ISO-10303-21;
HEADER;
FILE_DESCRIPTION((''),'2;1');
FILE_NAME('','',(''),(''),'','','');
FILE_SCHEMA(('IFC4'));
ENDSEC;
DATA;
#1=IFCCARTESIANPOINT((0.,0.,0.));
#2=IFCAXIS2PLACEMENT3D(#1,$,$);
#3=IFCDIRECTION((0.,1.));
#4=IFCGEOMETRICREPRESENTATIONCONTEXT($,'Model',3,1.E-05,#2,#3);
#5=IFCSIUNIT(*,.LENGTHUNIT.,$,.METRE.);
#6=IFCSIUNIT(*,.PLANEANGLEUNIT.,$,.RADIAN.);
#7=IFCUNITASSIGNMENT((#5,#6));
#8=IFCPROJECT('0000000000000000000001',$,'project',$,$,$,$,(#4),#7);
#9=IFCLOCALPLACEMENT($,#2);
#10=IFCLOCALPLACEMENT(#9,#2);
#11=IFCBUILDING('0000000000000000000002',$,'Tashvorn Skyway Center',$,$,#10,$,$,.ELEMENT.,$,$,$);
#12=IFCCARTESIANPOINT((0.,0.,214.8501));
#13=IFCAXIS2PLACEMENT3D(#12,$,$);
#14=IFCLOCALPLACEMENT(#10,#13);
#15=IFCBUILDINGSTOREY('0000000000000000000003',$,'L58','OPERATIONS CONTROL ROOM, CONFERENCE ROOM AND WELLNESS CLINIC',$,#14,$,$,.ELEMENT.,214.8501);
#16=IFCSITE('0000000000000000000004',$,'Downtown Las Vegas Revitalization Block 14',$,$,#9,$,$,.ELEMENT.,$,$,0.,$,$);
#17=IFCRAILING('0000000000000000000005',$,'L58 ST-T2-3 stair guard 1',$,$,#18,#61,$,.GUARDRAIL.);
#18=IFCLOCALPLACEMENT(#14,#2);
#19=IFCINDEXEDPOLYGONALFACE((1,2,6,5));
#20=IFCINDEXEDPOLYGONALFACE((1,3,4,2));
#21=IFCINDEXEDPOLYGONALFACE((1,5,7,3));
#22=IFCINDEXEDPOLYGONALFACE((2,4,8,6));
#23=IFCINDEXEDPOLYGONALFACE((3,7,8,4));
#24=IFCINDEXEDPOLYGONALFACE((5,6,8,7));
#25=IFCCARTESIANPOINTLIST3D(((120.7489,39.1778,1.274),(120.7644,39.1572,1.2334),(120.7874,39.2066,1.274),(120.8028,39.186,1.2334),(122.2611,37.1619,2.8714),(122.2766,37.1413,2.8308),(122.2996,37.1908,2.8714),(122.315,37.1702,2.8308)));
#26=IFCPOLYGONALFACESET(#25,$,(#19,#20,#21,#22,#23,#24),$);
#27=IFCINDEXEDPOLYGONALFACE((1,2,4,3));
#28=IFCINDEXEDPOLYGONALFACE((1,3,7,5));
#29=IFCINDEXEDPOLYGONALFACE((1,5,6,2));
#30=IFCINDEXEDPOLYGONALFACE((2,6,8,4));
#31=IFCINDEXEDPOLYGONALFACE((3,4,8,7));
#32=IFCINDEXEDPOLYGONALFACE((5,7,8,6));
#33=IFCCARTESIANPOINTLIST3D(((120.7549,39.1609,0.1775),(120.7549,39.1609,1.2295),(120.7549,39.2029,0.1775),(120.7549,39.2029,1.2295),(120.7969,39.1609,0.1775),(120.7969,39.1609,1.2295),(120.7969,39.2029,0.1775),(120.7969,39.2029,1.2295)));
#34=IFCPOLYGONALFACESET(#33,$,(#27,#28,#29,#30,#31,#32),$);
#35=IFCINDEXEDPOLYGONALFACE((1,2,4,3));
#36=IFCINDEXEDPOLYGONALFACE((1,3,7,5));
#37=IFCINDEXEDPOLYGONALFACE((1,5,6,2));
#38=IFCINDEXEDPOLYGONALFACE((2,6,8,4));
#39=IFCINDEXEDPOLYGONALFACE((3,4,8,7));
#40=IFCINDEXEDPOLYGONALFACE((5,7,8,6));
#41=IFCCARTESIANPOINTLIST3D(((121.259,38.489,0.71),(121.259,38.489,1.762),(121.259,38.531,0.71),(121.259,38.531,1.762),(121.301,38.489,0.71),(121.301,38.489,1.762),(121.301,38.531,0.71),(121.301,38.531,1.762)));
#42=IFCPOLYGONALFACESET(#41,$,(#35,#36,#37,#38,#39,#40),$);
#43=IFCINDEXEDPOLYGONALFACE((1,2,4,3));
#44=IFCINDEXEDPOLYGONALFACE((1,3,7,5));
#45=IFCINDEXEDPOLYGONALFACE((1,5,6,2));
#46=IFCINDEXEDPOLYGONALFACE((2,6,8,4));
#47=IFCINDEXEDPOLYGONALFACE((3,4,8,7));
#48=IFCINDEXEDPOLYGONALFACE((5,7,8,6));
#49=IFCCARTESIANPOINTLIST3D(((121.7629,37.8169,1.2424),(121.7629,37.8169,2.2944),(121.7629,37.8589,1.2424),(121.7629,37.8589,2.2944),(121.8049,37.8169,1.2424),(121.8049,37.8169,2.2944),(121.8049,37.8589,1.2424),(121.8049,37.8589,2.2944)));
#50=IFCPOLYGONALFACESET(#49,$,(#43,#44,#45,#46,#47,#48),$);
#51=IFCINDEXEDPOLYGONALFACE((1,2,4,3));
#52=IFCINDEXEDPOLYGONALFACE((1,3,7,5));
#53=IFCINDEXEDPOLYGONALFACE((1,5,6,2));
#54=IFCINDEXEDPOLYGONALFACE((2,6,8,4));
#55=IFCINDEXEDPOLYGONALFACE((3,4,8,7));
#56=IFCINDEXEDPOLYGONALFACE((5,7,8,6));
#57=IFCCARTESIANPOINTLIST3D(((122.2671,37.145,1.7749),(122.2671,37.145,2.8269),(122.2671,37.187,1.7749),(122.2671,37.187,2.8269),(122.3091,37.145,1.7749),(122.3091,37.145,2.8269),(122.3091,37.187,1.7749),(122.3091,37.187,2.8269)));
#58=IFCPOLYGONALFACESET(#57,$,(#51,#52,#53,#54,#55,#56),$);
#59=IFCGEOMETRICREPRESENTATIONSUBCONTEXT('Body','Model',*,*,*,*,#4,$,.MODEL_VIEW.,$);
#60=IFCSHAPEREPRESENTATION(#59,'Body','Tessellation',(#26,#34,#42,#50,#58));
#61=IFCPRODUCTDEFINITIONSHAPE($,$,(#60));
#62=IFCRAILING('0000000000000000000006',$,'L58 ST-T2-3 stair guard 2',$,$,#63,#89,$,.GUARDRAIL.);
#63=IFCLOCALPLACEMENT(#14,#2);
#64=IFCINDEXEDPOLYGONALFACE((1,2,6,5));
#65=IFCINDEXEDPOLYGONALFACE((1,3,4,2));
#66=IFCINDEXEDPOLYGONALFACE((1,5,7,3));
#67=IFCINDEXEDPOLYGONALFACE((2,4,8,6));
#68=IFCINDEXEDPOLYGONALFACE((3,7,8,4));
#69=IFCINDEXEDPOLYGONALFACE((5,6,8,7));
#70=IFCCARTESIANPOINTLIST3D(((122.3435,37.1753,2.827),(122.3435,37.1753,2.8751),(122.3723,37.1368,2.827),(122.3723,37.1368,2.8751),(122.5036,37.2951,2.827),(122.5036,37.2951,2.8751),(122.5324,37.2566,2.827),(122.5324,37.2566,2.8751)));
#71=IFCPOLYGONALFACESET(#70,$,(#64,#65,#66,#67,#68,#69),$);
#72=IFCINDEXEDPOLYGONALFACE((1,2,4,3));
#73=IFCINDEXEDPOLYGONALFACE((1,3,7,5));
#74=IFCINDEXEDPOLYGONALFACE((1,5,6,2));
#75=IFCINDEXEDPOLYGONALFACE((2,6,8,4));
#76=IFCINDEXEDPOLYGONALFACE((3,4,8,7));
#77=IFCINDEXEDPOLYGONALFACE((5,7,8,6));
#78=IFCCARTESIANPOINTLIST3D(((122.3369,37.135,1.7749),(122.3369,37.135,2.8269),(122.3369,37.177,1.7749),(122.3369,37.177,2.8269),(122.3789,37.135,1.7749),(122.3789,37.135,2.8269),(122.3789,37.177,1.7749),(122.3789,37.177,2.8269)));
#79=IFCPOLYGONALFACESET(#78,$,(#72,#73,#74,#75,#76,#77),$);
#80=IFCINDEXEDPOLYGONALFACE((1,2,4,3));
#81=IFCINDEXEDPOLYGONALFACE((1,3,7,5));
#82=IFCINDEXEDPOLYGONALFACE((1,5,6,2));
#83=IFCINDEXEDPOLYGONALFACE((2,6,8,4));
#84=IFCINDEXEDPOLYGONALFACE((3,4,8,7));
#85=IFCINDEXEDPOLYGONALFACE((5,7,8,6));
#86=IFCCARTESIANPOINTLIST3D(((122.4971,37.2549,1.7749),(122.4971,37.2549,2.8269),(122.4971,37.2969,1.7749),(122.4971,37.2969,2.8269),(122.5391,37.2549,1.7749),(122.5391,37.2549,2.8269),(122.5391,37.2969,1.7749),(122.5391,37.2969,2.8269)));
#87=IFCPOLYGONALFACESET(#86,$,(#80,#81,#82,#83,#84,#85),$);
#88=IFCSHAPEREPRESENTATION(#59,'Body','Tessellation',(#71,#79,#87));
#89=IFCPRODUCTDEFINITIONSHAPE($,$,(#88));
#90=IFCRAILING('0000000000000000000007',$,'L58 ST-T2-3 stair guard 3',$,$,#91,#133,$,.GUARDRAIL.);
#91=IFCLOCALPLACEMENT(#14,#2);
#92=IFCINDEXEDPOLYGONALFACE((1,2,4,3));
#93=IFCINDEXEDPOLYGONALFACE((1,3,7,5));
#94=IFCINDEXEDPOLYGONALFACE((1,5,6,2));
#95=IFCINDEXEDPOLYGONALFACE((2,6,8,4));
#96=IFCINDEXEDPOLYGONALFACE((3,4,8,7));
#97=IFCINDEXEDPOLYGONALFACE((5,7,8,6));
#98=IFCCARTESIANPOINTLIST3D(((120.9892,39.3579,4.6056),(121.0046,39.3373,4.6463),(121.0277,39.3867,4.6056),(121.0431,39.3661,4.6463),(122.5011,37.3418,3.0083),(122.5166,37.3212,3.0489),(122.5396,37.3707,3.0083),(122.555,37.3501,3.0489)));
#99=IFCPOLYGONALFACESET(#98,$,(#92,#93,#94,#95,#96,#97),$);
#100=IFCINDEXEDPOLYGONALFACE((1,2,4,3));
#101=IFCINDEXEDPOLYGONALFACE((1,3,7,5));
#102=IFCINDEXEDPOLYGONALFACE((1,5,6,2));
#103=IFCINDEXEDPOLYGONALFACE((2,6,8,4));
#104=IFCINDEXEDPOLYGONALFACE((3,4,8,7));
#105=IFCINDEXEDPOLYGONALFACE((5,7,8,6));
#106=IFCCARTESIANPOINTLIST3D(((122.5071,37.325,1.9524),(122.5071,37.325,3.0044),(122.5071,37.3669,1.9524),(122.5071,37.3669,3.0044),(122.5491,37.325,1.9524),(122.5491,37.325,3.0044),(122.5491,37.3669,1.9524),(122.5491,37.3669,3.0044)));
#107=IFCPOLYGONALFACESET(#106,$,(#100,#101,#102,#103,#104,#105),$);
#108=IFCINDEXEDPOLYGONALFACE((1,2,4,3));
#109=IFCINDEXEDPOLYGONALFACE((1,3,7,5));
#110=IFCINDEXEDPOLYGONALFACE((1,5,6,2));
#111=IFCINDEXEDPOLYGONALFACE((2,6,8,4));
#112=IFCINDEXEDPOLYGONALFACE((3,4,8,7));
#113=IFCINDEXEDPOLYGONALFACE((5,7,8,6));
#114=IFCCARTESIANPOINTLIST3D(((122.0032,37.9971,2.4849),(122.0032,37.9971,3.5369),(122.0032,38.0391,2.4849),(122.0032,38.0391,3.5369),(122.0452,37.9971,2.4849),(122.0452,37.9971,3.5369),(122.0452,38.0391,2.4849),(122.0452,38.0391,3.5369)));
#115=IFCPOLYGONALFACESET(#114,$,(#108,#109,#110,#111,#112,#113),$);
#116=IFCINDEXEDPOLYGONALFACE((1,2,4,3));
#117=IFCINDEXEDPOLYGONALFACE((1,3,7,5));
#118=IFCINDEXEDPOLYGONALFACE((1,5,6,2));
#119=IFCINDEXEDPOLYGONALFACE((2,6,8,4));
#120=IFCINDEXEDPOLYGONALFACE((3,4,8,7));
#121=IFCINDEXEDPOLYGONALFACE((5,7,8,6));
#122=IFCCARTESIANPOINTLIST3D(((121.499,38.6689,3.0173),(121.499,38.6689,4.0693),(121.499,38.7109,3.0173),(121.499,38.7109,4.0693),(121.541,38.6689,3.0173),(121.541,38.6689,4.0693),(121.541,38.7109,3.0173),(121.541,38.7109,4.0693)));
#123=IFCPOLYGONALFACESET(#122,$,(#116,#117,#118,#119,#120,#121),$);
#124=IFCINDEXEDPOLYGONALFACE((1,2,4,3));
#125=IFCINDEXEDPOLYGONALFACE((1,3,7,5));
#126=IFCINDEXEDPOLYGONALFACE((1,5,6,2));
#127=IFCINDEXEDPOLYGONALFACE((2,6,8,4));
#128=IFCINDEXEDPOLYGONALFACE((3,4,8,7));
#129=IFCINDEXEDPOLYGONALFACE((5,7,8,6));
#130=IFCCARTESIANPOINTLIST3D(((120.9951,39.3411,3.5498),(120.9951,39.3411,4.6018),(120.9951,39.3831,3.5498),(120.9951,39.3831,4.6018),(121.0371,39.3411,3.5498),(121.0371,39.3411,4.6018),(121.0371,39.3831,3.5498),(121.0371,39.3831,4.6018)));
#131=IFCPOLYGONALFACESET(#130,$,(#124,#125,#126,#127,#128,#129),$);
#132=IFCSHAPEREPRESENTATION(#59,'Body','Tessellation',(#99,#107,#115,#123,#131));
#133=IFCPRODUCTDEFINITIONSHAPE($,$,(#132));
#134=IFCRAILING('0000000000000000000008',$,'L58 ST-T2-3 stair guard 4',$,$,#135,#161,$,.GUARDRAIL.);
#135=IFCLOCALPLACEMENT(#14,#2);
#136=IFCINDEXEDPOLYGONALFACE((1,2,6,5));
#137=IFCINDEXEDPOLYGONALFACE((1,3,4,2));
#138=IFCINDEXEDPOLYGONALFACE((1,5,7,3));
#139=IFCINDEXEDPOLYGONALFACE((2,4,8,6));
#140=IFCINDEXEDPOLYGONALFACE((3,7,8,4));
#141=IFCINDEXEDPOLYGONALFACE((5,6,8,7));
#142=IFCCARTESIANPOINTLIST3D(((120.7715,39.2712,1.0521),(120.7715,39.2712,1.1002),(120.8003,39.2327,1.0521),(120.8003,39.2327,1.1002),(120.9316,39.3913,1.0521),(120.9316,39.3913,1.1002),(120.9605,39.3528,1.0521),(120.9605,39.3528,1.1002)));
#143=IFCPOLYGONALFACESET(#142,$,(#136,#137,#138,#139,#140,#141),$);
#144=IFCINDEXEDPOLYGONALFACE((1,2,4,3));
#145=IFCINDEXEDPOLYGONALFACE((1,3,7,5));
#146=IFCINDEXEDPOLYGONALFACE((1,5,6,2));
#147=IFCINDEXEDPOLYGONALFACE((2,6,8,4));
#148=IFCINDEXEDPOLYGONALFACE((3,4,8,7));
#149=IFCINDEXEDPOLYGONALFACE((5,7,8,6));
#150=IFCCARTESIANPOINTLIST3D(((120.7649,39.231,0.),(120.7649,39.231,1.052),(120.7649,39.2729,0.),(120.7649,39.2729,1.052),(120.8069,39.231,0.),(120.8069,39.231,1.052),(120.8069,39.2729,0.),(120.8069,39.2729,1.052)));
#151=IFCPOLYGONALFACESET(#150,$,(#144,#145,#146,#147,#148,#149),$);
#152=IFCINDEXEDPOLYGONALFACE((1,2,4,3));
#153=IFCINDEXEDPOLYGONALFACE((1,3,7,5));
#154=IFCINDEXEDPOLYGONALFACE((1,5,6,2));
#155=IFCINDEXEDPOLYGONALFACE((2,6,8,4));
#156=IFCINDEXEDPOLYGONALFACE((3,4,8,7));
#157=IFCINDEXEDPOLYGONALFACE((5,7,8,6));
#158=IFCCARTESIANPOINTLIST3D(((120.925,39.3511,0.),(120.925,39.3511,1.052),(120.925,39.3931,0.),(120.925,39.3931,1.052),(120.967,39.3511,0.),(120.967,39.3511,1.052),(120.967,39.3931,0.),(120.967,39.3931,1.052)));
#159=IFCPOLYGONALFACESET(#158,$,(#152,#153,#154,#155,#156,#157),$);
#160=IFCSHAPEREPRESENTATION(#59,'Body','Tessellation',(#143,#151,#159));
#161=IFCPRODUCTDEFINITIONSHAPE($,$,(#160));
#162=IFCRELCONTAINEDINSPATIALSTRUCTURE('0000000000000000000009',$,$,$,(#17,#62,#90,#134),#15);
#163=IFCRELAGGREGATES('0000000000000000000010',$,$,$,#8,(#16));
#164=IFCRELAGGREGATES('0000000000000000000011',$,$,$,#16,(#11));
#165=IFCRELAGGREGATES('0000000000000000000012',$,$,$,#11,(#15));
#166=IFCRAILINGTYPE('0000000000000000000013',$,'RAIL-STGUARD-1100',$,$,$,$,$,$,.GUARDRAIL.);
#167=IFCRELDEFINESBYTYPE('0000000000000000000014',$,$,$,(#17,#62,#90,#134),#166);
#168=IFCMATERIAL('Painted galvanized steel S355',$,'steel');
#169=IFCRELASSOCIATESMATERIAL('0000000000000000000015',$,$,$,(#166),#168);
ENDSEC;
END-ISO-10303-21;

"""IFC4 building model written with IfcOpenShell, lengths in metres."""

from ifc_helpers import new_model, si_unit, direction, frame, origin, origin_2d, place, context, subcontext, project, spatial, rectangle, extrude, material, type_object, element, save


model = new_model("IFC4")

# Units and contexts
model_context = context("Model", 3, precision=1e-05, world=origin(), true_north=direction((0.0, 1.0)))
body_context = subcontext(model_context, "Body", "Model", "MODEL_VIEW")
ifc_project = project(units=[si_unit("LENGTHUNIT", "METRE"), si_unit("PLANEANGLEUNIT", "RADIAN")], contexts=[model_context])

# Site, building, storey
site_placement = place(None, origin())
site = spatial("IfcSite", under=ifc_project, at=site_placement, Name="Downtown Las Vegas Revitalization Block 14", CompositionType="ELEMENT", RefElevation=0.0)
building_placement = place(site_placement, origin())
building = spatial("IfcBuilding", under=site, at=building_placement, Name="Tashvorn Skyway Center", CompositionType="ELEMENT")
storey_placement = place(building_placement, frame((0.0, 0.0, 214.8501)))
storey = spatial("IfcBuildingStorey", under=building, at=storey_placement, Name="L58", Description="OPERATIONS CONTROL ROOM, CONFERENCE ROOM AND WELLNESS CLINIC", CompositionType="ELEMENT", Elevation=214.8501)

# Railings
ifc_material_1 = material(Name="Painted galvanized steel S355", Category="steel")
railing_type_1 = type_object("IfcRailingType", Name="RAIL-STGUARD-1100", PredefinedType="GUARDRAIL", material=ifc_material_1)
railing_1_placement = place(storey_placement, frame((120.7759, 39.1819, 0.1775)))
element("IfcRailing", 1, at=railing_1_placement, inside=storey, type_object=railing_type_1, Name="L58 ST-T2-3 stair guard 1", PredefinedType="GUARDRAIL", context=body_context, shape_type="SweptSolid", body=[
    extrude(rectangle(XDim=0.0481, YDim=0.0481, at=origin_2d()), frame((0.0, 0.0, 1.0762), z_axis=(0.50683, -0.675636, 0.535387), x_axis=(0.799942, 0.600078, 0.0)), (0.0, 0.0, 1.0), 2.9836),
    extrude(rectangle(XDim=0.042, YDim=0.042, at=origin_2d()), origin(), (0.0, 0.0, 1.0), 1.052),
    extrude(rectangle(XDim=0.042, YDim=0.042, at=origin_2d()), frame((0.5042, -0.6719, 0.5325)), (0.0, 0.0, 1.0), 1.052),
    extrude(rectangle(XDim=0.042, YDim=0.042, at=origin_2d()), frame((1.0081, -1.344, 1.0649)), (0.0, 0.0, 1.0), 1.052),
    extrude(rectangle(XDim=0.042, YDim=0.042, at=origin_2d()), frame((1.5122, -2.0159, 1.5974)), (0.0, 0.0, 1.0), 1.052),
])
railing_2_placement = place(storey_placement, frame((122.3579, 37.156, 1.7749)))
element("IfcRailing", 2, at=railing_2_placement, inside=storey, type_object=railing_type_1, Name="L58 ST-T2-3 stair guard 2", PredefinedType="GUARDRAIL", context=body_context, shape_type="SweptSolid", body=[
    extrude(rectangle(XDim=0.0481, YDim=0.0481, at=origin_2d()), frame((0.0, 0.0, 1.0762), z_axis=(0.800585, 0.599219, 0.0), x_axis=(-0.599219, 0.800585, 0.0)), (0.0, 0.0, 1.0), 0.2),
    extrude(rectangle(XDim=0.042, YDim=0.042, at=origin_2d()), origin(), (0.0, 0.0, 1.0), 1.052),
    extrude(rectangle(XDim=0.042, YDim=0.042, at=origin_2d()), frame((0.1602, 0.1199, 0.0)), (0.0, 0.0, 1.0), 1.052),
])
railing_3_placement = place(storey_placement, frame((122.5281, 37.3459, 1.9524)))
element("IfcRailing", 3, at=railing_3_placement, inside=storey, type_object=railing_type_1, Name="L58 ST-T2-3 stair guard 3", PredefinedType="GUARDRAIL", context=body_context, shape_type="SweptSolid", body=[
    extrude(rectangle(XDim=0.0481, YDim=0.0481, at=origin_2d()), frame((0.0, 0.0, 1.0762), z_axis=(-0.506741, 0.675709, 0.535379), x_axis=(-0.800023, -0.599969, 0.0)), (0.0, 0.0, 1.0), 2.9836),
    extrude(rectangle(XDim=0.042, YDim=0.042, at=origin_2d()), origin(), (0.0, 0.0, 1.0), 1.052),
    extrude(rectangle(XDim=0.042, YDim=0.042, at=origin_2d()), frame((-0.5039, 0.6721, 0.5325)), (0.0, 0.0, 1.0), 1.052),
    extrude(rectangle(XDim=0.042, YDim=0.042, at=origin_2d()), frame((-1.0081, 1.344, 1.0649)), (0.0, 0.0, 1.0), 1.052),
    extrude(rectangle(XDim=0.042, YDim=0.042, at=origin_2d()), frame((-1.512, 2.0161, 1.5974)), (0.0, 0.0, 1.0), 1.052),
])
railing_4_placement = place(storey_placement, frame((120.7859, 39.252, 0.0)))
element("IfcRailing", 4, at=railing_4_placement, inside=storey, type_object=railing_type_1, Name="L58 ST-T2-3 stair guard 4", PredefinedType="GUARDRAIL", context=body_context, shape_type="SweptSolid", body=[
    extrude(rectangle(XDim=0.0481, YDim=0.0481, at=origin_2d()), frame((0.0, 0.0, 1.0762), z_axis=(0.8, 0.6, 0.0), x_axis=(-0.6, 0.8, 0.0)), (0.0, 0.0, 1.0), 0.2002),
    extrude(rectangle(XDim=0.042, YDim=0.042, at=origin_2d()), origin(), (0.0, 0.0, 1.0), 1.052),
    extrude(rectangle(XDim=0.042, YDim=0.042, at=origin_2d()), frame((0.1602, 0.1201, 0.0)), (0.0, 0.0, 1.0), 1.052),
])

save(model, "model.ifc")
